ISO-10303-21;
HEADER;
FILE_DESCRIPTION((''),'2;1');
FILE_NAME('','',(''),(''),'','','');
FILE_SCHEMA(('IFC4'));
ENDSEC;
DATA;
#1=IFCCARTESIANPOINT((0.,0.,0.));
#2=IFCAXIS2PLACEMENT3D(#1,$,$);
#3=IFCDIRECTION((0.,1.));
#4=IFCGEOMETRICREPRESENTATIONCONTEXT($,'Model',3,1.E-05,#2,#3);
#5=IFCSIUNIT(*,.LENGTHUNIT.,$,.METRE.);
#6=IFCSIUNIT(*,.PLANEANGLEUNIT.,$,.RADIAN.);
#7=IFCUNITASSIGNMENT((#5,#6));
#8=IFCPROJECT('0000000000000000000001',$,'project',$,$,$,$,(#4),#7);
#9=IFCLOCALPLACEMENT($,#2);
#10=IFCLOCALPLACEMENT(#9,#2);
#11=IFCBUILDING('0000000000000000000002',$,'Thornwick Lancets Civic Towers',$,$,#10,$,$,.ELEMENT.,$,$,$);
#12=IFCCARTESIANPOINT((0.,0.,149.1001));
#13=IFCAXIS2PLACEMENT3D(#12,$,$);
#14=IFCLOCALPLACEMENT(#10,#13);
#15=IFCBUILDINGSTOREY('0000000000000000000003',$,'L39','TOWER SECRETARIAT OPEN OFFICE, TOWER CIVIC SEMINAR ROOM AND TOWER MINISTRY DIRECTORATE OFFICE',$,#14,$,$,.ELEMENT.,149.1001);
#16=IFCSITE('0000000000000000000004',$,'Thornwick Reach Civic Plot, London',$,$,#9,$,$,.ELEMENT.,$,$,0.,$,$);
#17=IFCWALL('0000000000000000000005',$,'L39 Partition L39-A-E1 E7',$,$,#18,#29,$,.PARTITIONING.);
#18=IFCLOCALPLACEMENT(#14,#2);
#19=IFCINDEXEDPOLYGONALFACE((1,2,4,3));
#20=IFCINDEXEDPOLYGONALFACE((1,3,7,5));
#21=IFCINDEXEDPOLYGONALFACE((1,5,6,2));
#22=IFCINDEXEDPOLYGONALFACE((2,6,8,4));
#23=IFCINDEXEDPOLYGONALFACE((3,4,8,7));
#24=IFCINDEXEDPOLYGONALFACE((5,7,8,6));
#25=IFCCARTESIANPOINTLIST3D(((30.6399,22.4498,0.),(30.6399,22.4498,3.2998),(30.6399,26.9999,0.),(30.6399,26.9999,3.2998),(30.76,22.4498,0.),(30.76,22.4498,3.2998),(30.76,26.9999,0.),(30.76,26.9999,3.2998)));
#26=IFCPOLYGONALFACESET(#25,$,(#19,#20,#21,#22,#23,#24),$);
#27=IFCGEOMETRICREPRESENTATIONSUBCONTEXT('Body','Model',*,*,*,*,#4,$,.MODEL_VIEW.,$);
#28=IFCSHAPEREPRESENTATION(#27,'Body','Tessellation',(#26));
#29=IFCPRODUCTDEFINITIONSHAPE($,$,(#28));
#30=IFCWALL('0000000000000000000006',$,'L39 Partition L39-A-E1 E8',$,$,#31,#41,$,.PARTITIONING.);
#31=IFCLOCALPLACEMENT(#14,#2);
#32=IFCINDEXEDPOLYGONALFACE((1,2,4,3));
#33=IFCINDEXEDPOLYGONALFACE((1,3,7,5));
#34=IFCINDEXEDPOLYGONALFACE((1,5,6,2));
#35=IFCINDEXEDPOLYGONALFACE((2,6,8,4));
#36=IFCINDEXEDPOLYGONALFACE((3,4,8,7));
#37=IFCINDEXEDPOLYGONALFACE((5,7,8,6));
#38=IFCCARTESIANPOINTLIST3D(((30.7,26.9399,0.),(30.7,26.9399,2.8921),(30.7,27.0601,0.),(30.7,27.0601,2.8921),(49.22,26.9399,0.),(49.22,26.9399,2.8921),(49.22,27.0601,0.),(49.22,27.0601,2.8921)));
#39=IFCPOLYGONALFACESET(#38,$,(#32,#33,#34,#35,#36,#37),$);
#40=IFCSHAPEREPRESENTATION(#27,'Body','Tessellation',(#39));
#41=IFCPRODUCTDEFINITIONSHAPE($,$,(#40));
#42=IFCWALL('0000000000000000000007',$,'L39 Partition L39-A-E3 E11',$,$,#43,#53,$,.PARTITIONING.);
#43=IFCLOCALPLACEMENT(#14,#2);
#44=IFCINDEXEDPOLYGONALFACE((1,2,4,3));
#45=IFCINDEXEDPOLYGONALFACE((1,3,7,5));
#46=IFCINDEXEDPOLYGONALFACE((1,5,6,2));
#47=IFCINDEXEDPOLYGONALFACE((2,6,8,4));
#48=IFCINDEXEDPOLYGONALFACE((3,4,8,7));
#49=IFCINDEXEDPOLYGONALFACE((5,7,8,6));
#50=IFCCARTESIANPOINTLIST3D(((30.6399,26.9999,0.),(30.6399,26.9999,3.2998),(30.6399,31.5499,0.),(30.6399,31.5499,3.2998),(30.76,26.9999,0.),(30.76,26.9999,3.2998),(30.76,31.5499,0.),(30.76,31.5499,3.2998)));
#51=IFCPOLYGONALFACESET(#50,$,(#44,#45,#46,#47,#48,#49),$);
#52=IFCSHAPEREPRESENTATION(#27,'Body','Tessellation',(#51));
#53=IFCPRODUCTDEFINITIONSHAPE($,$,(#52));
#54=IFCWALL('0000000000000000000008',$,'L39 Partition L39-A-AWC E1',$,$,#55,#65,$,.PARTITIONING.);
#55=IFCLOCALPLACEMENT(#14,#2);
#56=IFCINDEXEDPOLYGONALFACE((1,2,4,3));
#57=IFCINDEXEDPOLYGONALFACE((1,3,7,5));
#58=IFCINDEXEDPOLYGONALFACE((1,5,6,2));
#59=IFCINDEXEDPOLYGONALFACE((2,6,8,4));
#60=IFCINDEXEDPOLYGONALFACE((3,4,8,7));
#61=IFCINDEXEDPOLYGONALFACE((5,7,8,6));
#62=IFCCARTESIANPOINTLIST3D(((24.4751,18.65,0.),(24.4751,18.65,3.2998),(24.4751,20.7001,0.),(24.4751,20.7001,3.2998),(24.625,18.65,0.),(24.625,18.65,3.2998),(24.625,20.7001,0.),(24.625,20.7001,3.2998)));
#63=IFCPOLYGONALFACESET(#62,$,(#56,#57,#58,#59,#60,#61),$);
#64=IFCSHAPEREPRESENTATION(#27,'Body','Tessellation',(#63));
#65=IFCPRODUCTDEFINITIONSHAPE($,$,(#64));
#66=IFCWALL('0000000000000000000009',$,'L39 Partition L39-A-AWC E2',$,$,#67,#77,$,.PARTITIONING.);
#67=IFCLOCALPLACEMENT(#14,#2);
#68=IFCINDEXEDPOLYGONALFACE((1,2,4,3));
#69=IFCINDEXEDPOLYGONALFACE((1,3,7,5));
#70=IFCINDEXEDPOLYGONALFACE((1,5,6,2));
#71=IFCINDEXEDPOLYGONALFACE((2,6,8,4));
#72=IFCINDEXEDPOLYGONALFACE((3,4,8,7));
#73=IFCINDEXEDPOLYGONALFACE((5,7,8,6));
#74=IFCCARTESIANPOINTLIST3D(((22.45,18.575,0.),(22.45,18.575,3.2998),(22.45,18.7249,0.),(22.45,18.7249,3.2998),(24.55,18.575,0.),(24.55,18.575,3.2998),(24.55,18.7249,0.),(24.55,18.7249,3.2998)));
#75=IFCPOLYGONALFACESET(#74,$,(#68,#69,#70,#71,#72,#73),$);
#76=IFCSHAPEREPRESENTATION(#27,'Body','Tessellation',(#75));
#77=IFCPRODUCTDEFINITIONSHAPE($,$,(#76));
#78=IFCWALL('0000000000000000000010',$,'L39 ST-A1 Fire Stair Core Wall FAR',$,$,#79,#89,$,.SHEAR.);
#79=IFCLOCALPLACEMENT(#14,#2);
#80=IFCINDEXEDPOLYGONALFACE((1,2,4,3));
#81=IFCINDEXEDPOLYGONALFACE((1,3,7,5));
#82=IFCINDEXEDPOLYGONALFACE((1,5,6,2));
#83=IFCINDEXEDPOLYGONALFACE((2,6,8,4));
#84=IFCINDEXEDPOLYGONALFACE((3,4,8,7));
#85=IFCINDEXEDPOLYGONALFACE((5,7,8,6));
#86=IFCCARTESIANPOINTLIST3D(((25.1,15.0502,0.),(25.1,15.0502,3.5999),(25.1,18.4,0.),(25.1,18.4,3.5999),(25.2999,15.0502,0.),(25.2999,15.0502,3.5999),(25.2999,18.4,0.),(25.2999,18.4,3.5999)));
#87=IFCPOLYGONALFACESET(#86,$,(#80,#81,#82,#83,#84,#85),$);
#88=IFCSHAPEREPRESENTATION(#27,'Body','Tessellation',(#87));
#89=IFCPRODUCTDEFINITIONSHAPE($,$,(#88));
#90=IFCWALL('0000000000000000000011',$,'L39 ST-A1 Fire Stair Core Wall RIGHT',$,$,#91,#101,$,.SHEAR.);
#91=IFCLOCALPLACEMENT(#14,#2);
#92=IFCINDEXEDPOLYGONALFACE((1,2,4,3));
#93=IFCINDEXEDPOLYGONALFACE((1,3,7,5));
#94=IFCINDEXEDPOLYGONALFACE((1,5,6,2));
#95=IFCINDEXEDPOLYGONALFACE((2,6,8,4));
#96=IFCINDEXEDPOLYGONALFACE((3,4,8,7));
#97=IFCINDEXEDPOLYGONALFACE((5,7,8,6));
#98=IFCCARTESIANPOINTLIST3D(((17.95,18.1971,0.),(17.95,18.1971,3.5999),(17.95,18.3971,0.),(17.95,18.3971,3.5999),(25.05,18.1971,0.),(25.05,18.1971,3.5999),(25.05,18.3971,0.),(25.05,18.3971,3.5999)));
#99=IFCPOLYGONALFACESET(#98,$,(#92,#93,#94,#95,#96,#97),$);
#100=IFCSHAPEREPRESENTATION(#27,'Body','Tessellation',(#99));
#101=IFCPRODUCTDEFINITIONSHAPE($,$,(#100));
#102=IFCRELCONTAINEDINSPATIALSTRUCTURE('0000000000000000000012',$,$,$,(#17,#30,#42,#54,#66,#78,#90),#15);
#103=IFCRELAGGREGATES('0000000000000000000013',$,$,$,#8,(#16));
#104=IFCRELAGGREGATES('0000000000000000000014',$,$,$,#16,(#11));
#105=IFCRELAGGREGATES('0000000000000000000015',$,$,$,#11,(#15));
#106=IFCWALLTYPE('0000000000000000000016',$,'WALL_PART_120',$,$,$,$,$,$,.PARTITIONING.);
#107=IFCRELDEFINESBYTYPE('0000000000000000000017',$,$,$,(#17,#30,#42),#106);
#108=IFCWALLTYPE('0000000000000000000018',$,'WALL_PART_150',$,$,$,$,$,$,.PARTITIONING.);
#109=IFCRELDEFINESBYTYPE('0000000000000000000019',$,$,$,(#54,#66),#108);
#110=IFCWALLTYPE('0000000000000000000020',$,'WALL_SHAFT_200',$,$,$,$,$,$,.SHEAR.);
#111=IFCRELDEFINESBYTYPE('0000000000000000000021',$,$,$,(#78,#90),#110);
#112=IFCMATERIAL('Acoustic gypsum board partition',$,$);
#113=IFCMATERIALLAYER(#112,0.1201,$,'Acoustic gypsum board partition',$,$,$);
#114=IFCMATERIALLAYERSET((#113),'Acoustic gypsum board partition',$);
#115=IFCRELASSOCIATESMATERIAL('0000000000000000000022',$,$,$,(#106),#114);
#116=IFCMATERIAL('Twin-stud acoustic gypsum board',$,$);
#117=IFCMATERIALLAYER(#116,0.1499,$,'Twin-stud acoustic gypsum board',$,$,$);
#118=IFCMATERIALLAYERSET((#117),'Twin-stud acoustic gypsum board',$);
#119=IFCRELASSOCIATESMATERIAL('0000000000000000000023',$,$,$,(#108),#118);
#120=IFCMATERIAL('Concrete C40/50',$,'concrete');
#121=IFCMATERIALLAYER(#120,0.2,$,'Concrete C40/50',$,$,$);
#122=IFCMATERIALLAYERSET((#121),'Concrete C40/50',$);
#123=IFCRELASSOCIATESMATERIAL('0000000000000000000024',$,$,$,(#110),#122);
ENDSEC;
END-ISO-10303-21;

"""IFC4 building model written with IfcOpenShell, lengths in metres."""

from ifc_helpers import new_model, si_unit, direction, frame, frame_2d, origin, place, context, subcontext, project, spatial, rectangle, extrude, material, layer, layer_set, type_object, element, save


model = new_model("IFC4")

# Units and contexts
model_context = context("Model", 3, precision=1e-05, world=origin(), true_north=direction((0.0, 1.0)))
body_context = subcontext(model_context, "Body", "Model", "MODEL_VIEW")
ifc_project = project(units=[si_unit("LENGTHUNIT", "METRE"), si_unit("PLANEANGLEUNIT", "RADIAN")], contexts=[model_context])

# Site, building, storey
site_placement = place(None, origin())
site = spatial("IfcSite", under=ifc_project, at=site_placement, Name="Thornwick Reach Civic Plot, London", CompositionType="ELEMENT", RefElevation=0.0)
building_placement = place(site_placement, origin())
building = spatial("IfcBuilding", under=site, at=building_placement, Name="Thornwick Lancets Civic Towers", CompositionType="ELEMENT")
storey_placement = place(building_placement, frame((0.0, 0.0, 149.1001)))
storey = spatial("IfcBuildingStorey", under=building, at=storey_placement, Name="L39", Description="TOWER SECRETARIAT OPEN OFFICE, TOWER CIVIC SEMINAR ROOM AND TOWER MINISTRY DIRECTORATE OFFICE", CompositionType="ELEMENT", Elevation=149.1001)

# Shared definitions
ifc_material_1 = material(Name="Acoustic gypsum board partition")
ifc_layer_1 = layer(ifc_material_1, 0.1201, Name="Acoustic gypsum board partition")
ifc_layer_set_1 = layer_set([ifc_layer_1], Name="Acoustic gypsum board partition")
wall_type_1 = type_object("IfcWallType", Name="WALL_PART_120", PredefinedType="PARTITIONING", material=ifc_layer_set_1)

# Walls
wall_1_placement = place(storey_placement, frame((30.7, 22.45, 0.0), z_axis=(0.0, 0.0, 1.0), x_axis=(0.0, 1.0, 0.0)))
element("IfcWall", 1, at=wall_1_placement, inside=storey, type_object=wall_type_1, Name="L39 Partition L39-A-E1 E7", PredefinedType="PARTITIONING", context=body_context, shape_type="SweptSolid", body=[
    extrude(rectangle(XDim=4.55, YDim=0.1201, at=frame_2d((2.2749, 0.0))), origin(), (0.0, 0.0, 1.0), 3.2998),
])
wall_2_placement = place(storey_placement, frame((30.7, 27.0, 0.0), z_axis=(0.0, 0.0, 1.0), x_axis=(1.0, 0.0, 0.0)))
element("IfcWall", 2, at=wall_2_placement, inside=storey, type_object=wall_type_1, Name="L39 Partition L39-A-E1 E8", PredefinedType="PARTITIONING", context=body_context, shape_type="SweptSolid", body=[
    extrude(rectangle(XDim=18.52, YDim=0.1201, at=frame_2d((9.26, 0.0))), origin(), (0.0, 0.0, 1.0), 2.8921),
])
wall_3_placement = place(storey_placement, frame((30.7, 27.0, 0.0), z_axis=(0.0, 0.0, 1.0), x_axis=(0.0, 1.0, 0.0)))
element("IfcWall", 3, at=wall_3_placement, inside=storey, type_object=wall_type_1, Name="L39 Partition L39-A-E3 E11", PredefinedType="PARTITIONING", context=body_context, shape_type="SweptSolid", body=[
    extrude(rectangle(XDim=4.55, YDim=0.1201, at=frame_2d((2.2749, 0.0))), origin(), (0.0, 0.0, 1.0), 3.2998),
])
ifc_material_2 = material(Name="Twin-stud acoustic gypsum board")
ifc_layer_2 = layer(ifc_material_2, 0.1499, Name="Twin-stud acoustic gypsum board")
ifc_layer_set_2 = layer_set([ifc_layer_2], Name="Twin-stud acoustic gypsum board")
wall_type_2 = type_object("IfcWallType", Name="WALL_PART_150", PredefinedType="PARTITIONING", material=ifc_layer_set_2)
wall_4_placement = place(storey_placement, frame((24.55, 20.7, 0.0), z_axis=(0.0, 0.0, 1.0), x_axis=(0.0, -1.0, 0.0)))
element("IfcWall", 4, at=wall_4_placement, inside=storey, type_object=wall_type_2, Name="L39 Partition L39-A-AWC E1", PredefinedType="PARTITIONING", context=body_context, shape_type="SweptSolid", body=[
    extrude(rectangle(XDim=2.05, YDim=0.1499, at=frame_2d((1.0249, 0.0))), origin(), (0.0, 0.0, 1.0), 3.2998),
])
wall_5_placement = place(storey_placement, frame((24.55, 18.6499, 0.0), z_axis=(0.0, 0.0, 1.0), x_axis=(-1.0, 0.0, 0.0)))
element("IfcWall", 5, at=wall_5_placement, inside=storey, type_object=wall_type_2, Name="L39 Partition L39-A-AWC E2", PredefinedType="PARTITIONING", context=body_context, shape_type="SweptSolid", body=[
    extrude(rectangle(XDim=2.1001, YDim=0.1499, at=frame_2d((1.05, 0.0))), origin(), (0.0, 0.0, 1.0), 3.2998),
])
ifc_material_3 = material(Name="Concrete C40/50", Category="concrete")
ifc_layer_3 = layer(ifc_material_3, 0.2, Name="Concrete C40/50")
ifc_layer_set_3 = layer_set([ifc_layer_3], Name="Concrete C40/50")
wall_type_3 = type_object("IfcWallType", Name="WALL_SHAFT_200", PredefinedType="SHEAR", material=ifc_layer_set_3)
wall_6_placement = place(storey_placement, frame((25.2, 18.3999, 0.0), z_axis=(0.0, 0.0, 1.0), x_axis=(0.0, -1.0, 0.0)))
element("IfcWall", 6, at=wall_6_placement, inside=storey, type_object=wall_type_3, Name="L39 ST-A1 Fire Stair Core Wall FAR", PredefinedType="SHEAR", context=body_context, shape_type="SweptSolid", body=[
    extrude(rectangle(XDim=3.3499, YDim=0.2, at=frame_2d((1.6748, 0.0))), origin(), (0.0, 0.0, 1.0), 3.5999),
])
wall_7_placement = place(storey_placement, frame((25.05, 18.2971, 0.0), z_axis=(0.0, 0.0, 1.0), x_axis=(-1.0, 0.0, 0.0)))
element("IfcWall", 7, at=wall_7_placement, inside=storey, type_object=wall_type_3, Name="L39 ST-A1 Fire Stair Core Wall RIGHT", PredefinedType="SHEAR", context=body_context, shape_type="SweptSolid", body=[
    extrude(rectangle(XDim=7.1001, YDim=0.2, at=frame_2d((3.55, 0.0))), origin(), (0.0, 0.0, 1.0), 3.5999),
])

save(model, "model.ifc")
